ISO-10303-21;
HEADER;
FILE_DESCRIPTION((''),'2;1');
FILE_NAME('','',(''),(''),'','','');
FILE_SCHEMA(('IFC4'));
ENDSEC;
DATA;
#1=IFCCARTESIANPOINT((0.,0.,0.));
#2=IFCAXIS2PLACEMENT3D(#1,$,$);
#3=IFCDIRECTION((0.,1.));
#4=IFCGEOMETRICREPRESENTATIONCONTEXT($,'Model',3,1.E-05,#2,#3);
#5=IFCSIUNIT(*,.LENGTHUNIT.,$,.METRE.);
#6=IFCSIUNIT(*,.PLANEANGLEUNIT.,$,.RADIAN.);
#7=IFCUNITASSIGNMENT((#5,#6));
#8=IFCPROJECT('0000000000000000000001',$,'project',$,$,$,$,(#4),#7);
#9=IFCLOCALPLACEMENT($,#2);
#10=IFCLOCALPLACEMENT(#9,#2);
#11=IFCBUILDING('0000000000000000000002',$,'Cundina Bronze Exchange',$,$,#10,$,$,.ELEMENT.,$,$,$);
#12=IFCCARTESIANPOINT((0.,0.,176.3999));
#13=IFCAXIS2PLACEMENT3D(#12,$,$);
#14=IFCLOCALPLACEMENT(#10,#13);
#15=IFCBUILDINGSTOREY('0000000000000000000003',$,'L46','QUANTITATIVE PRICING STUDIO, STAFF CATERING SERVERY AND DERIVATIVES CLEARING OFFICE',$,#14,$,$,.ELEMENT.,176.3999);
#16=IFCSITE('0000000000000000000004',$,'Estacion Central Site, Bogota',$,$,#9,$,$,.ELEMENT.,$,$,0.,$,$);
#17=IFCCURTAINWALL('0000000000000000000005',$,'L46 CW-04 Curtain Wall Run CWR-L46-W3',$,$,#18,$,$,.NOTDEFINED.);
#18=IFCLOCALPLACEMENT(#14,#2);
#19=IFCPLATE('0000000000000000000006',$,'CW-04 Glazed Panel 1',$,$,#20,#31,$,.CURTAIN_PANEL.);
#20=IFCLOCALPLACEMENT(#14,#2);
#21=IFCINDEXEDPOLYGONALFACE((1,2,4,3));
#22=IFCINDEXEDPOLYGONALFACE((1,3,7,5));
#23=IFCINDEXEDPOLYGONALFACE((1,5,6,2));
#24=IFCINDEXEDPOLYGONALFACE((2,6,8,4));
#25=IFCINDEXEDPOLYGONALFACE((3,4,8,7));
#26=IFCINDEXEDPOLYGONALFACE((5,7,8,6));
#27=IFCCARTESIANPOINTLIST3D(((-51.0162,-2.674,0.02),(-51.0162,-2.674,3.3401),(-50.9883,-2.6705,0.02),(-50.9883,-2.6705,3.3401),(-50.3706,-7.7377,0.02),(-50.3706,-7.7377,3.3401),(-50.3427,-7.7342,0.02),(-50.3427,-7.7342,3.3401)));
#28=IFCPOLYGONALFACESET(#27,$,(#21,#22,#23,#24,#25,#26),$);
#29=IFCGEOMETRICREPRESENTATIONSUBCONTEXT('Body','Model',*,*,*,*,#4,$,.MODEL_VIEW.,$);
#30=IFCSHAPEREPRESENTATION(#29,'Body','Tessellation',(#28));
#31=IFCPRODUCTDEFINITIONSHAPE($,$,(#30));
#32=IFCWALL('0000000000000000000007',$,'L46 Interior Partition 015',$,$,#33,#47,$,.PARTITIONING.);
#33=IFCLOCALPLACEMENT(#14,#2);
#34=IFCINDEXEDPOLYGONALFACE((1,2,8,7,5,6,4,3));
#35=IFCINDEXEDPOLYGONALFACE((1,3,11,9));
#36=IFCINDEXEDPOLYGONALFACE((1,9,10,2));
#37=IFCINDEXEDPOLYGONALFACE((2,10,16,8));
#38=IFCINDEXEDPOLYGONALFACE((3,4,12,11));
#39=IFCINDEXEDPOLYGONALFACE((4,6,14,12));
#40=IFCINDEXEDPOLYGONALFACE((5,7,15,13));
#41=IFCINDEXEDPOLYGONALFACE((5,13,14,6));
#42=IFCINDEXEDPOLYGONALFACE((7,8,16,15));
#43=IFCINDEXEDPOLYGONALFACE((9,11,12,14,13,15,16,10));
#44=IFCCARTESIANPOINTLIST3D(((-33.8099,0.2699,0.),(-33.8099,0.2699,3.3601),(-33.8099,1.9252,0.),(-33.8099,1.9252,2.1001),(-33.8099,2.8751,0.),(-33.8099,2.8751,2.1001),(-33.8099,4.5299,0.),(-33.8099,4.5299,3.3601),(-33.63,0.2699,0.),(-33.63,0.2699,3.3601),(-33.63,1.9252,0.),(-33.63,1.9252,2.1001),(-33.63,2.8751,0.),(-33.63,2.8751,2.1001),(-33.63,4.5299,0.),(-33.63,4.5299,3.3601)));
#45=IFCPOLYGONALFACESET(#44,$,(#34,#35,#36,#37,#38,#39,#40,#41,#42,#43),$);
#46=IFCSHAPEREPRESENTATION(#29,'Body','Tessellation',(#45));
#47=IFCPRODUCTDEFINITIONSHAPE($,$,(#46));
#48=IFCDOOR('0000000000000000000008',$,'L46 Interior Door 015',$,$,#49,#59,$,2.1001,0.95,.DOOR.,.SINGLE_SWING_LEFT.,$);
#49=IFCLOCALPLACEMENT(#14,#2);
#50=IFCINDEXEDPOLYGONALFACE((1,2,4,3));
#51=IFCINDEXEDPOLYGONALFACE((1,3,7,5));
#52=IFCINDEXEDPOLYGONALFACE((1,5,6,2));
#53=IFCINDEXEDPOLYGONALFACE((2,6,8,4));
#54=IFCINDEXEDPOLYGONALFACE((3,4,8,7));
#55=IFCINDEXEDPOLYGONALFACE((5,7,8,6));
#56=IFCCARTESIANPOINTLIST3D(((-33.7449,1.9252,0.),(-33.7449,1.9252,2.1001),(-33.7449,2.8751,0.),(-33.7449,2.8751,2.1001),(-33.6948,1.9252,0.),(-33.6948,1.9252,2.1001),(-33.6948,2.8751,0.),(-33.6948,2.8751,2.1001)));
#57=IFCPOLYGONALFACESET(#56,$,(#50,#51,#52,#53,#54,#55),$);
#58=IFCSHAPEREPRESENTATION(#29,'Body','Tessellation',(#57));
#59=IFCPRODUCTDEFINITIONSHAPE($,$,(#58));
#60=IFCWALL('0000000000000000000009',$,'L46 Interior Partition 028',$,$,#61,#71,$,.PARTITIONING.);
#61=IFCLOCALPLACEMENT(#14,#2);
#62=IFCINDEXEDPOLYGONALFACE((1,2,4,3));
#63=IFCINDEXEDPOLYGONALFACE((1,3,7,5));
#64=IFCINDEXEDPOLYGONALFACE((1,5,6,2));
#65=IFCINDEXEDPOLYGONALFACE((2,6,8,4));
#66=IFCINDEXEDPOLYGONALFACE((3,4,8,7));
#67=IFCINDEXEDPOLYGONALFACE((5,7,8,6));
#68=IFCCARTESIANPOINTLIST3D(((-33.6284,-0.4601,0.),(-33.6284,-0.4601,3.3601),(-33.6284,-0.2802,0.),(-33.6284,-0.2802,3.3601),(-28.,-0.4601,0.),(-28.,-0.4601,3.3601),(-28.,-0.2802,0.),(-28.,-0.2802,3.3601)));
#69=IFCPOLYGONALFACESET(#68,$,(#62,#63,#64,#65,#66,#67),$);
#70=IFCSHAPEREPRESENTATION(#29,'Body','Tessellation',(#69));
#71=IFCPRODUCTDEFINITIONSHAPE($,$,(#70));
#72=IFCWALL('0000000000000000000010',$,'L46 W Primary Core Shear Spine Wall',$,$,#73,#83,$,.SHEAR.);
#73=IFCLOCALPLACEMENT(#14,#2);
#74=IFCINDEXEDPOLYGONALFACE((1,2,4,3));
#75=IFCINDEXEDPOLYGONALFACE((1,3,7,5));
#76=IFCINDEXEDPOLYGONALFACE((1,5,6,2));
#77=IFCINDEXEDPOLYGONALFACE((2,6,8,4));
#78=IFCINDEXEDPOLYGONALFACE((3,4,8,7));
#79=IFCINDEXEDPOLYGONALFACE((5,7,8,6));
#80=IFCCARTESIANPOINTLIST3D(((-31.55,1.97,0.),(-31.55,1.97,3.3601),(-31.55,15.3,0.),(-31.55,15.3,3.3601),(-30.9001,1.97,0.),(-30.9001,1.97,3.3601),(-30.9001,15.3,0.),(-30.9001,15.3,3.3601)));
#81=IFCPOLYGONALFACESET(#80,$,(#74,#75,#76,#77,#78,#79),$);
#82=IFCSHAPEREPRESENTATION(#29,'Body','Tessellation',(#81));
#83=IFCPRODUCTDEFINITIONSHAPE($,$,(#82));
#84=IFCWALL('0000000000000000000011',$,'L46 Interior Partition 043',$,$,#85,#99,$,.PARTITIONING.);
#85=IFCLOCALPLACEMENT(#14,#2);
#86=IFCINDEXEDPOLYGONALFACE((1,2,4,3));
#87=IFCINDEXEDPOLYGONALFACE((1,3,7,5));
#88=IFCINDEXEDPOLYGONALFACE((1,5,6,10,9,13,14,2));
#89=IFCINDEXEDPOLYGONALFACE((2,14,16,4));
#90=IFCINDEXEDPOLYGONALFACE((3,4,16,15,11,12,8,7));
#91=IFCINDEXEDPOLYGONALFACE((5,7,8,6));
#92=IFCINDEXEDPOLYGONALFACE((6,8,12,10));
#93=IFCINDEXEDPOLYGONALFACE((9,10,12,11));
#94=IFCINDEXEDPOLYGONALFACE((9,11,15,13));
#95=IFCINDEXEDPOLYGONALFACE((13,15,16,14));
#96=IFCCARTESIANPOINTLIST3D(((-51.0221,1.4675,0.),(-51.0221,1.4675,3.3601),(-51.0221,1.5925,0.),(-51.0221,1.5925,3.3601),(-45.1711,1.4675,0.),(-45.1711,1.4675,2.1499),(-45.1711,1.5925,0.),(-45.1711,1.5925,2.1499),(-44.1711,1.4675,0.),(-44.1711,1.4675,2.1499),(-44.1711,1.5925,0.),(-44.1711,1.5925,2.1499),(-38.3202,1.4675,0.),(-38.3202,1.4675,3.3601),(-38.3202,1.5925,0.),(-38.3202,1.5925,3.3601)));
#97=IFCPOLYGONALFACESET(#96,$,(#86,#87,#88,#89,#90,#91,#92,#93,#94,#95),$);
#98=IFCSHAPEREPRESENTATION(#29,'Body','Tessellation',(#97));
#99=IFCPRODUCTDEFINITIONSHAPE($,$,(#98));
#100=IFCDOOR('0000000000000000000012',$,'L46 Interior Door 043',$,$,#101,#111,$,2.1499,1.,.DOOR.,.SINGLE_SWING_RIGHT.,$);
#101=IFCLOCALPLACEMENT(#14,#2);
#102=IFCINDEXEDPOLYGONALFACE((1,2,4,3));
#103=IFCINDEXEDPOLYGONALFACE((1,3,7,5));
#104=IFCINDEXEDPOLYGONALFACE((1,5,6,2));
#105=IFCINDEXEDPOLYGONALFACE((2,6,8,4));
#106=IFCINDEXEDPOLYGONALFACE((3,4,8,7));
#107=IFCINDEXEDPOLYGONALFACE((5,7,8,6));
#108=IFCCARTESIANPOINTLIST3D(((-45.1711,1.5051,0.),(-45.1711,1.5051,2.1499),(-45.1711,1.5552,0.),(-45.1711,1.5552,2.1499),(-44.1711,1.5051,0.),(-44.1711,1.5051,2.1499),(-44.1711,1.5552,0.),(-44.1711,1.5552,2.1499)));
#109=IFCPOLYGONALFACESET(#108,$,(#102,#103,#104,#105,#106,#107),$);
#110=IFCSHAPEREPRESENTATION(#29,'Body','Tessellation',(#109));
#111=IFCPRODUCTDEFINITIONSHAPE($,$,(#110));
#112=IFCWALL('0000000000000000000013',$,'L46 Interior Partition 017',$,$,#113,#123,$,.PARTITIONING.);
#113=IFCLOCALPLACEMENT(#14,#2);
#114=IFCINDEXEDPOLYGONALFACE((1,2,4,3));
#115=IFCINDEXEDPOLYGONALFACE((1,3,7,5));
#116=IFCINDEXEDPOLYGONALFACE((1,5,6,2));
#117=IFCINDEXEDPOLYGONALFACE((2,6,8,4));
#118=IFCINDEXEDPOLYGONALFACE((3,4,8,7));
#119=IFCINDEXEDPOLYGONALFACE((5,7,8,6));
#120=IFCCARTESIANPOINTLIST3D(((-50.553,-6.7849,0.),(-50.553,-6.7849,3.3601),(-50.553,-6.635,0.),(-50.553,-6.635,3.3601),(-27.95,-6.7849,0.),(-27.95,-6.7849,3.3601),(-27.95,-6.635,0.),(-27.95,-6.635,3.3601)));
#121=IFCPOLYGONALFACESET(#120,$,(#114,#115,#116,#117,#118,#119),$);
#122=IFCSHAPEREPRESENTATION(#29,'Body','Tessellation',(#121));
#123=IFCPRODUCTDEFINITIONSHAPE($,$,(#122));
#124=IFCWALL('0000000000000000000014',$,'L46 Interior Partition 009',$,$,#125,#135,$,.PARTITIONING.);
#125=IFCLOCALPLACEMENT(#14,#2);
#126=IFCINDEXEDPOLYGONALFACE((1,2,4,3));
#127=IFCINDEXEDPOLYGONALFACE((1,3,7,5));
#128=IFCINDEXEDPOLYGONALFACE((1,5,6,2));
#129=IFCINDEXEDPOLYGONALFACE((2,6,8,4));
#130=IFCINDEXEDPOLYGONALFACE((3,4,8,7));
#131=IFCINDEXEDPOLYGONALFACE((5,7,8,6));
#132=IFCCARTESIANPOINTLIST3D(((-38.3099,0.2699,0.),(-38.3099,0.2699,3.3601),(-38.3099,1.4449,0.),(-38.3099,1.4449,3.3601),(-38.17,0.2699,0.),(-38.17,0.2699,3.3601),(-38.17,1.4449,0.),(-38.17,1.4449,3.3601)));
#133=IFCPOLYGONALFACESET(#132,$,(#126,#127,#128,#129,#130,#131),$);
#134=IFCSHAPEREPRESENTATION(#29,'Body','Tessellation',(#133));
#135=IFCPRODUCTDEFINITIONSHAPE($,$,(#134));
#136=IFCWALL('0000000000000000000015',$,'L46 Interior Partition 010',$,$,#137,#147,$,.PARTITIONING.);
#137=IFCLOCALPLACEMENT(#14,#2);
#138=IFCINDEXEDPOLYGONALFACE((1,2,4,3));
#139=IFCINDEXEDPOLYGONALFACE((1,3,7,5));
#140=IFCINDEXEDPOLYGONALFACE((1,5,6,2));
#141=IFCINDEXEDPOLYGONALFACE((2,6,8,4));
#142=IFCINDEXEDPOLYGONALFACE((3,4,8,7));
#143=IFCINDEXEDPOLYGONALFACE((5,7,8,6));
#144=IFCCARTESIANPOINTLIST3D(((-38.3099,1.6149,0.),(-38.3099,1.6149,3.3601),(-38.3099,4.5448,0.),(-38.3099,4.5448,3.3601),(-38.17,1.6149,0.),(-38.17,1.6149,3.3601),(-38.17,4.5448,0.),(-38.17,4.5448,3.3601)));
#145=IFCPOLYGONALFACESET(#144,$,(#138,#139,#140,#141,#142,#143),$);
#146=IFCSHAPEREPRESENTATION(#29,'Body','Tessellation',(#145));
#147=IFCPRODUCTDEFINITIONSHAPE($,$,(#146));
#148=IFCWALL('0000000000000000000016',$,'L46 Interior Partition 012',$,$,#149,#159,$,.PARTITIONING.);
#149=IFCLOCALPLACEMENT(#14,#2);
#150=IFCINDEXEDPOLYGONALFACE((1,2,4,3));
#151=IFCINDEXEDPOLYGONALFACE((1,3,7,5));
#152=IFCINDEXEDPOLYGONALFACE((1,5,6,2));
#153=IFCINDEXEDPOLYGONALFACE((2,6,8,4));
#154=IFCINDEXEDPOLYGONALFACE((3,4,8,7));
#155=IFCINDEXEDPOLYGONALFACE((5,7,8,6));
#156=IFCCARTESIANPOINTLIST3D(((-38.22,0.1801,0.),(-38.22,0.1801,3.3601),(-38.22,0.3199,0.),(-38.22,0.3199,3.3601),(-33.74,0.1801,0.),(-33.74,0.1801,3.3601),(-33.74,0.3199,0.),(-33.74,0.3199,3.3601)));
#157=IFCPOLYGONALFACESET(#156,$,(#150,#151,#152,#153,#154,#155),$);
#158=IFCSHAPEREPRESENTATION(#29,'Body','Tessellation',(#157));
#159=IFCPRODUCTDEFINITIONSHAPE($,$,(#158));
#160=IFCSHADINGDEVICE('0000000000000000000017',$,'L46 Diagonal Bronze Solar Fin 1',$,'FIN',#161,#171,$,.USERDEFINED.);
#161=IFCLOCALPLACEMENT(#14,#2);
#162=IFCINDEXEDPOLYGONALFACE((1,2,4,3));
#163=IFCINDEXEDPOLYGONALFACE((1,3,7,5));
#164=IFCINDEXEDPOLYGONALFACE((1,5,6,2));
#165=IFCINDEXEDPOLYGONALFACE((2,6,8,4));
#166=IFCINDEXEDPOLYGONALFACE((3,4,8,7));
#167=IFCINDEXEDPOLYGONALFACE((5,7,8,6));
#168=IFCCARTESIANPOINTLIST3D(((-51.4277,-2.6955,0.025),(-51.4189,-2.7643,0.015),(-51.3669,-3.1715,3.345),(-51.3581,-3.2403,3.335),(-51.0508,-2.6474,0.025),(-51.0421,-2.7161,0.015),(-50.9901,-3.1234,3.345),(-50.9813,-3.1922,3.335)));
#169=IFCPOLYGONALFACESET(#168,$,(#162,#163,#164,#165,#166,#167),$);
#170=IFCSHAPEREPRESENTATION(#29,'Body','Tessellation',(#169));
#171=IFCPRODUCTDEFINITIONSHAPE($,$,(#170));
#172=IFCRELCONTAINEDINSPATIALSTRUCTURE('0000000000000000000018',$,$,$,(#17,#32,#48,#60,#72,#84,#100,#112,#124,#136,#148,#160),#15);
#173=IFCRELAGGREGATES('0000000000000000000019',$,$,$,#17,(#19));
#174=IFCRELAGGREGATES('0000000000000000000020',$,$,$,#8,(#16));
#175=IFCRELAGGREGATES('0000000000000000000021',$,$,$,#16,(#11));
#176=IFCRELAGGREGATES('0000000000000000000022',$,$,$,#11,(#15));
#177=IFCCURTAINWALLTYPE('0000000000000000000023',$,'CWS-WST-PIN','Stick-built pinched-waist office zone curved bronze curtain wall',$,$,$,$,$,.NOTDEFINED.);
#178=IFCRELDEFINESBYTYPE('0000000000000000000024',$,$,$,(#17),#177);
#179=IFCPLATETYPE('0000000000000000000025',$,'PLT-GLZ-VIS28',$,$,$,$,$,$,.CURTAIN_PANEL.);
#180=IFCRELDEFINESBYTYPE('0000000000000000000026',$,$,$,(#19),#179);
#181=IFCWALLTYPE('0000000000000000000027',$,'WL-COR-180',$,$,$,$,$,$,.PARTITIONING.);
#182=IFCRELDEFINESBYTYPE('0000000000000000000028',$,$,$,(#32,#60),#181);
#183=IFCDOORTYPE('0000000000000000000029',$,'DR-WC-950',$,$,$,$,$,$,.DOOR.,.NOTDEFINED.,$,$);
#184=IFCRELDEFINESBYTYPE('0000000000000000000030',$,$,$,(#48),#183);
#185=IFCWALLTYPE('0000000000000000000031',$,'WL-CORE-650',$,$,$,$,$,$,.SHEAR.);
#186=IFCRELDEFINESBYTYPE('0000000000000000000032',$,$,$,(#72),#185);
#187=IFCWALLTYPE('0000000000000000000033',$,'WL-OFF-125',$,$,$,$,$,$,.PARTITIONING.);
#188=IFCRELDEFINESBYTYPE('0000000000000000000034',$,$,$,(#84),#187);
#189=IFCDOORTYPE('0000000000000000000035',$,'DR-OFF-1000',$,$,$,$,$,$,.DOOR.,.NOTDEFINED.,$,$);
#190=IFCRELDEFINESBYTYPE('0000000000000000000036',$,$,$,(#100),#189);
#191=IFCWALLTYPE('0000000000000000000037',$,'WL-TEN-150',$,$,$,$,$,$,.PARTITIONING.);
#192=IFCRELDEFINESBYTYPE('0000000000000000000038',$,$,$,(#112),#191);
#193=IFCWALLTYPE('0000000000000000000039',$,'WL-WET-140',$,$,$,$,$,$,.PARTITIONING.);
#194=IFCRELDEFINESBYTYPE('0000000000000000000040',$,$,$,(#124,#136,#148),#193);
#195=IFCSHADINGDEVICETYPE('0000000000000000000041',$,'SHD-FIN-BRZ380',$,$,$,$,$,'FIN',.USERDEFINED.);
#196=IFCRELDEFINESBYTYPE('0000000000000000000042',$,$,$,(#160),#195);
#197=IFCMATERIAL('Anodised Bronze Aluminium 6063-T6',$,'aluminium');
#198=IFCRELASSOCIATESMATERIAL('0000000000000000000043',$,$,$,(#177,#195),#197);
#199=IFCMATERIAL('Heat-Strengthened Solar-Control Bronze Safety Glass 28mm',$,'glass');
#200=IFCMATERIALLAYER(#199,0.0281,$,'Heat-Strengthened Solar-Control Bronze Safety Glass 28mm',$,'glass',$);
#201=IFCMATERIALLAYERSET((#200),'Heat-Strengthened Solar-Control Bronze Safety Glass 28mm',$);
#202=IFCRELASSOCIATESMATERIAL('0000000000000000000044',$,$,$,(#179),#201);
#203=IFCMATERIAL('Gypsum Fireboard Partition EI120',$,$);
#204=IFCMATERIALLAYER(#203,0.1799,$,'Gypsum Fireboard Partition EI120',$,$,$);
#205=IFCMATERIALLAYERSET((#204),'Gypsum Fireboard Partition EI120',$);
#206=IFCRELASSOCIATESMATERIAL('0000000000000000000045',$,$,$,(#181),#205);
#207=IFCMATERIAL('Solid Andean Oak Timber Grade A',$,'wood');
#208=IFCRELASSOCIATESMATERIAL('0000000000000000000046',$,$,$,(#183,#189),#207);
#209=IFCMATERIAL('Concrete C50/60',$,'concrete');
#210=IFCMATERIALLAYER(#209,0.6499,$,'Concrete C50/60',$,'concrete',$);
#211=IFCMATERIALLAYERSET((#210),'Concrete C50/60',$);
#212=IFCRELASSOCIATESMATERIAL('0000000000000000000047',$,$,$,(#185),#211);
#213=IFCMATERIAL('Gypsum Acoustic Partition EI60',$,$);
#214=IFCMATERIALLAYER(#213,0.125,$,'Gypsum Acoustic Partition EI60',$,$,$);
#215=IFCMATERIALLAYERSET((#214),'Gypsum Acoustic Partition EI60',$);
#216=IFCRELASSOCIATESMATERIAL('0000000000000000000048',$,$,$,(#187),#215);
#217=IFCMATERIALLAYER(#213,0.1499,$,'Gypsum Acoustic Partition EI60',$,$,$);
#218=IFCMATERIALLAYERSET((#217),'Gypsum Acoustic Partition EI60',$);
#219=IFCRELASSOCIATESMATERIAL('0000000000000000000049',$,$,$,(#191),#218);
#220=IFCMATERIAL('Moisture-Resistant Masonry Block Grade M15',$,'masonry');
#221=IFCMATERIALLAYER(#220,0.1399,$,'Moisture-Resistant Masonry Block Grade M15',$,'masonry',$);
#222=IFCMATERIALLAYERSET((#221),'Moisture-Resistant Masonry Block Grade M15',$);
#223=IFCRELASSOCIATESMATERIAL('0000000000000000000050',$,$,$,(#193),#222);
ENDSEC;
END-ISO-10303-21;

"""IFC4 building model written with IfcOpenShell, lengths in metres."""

from ifc_helpers import new_model, si_unit, direction, frame, frame_2d, origin, origin_2d, place, context, subcontext, project, spatial, rectangle, extrude, material, layer, layer_set, material_profile, profile_set, type_object, element, fill, aggregate, save


model = new_model("IFC4")

# Units and contexts
model_context = context("Model", 3, precision=1e-05, world=origin(), true_north=direction((0.0, 1.0)))
body_context = subcontext(model_context, "Body", "Model", "MODEL_VIEW")
ifc_project = project(units=[si_unit("LENGTHUNIT", "METRE"), si_unit("PLANEANGLEUNIT", "RADIAN")], contexts=[model_context])

# Site, building, storey
site_placement = place(None, origin())
site = spatial("IfcSite", under=ifc_project, at=site_placement, Name="Estacion Central Site, Bogota", CompositionType="ELEMENT", RefElevation=0.0)
building_placement = place(site_placement, origin())
building = spatial("IfcBuilding", under=site, at=building_placement, Name="Cundina Bronze Exchange", CompositionType="ELEMENT")
storey_placement = place(building_placement, frame((0.0, 0.0, 176.3999)))
storey = spatial("IfcBuildingStorey", under=building, at=storey_placement, Name="L46", Description="QUANTITATIVE PRICING STUDIO, STAFF CATERING SERVERY AND DERIVATIVES CLEARING OFFICE", CompositionType="ELEMENT", Elevation=176.3999)

# Shared definitions
ifc_material_1 = material(Name="Concrete C50/60", Category="concrete")

# Curtain wall
ifc_material_2 = material(Name="Anodised Bronze Aluminium 6063-T6", Category="aluminium")
curtain_wall_type = type_object("IfcCurtainWallType", Name="CWS-WST-PIN", Description="Stick-built pinched-waist office zone curved bronze curtain wall", PredefinedType="NOTDEFINED", material=ifc_material_2)
curtain_wall_1_placement = place(storey_placement, origin())
curtain_wall_1 = element("IfcCurtainWall", 1, at=curtain_wall_1_placement, inside=storey, type_object=curtain_wall_type, Name="L46 CW-04 Curtain Wall Run CWR-L46-W3", PredefinedType="NOTDEFINED")

# Plate
ifc_material_3 = material(Name="Heat-Strengthened Solar-Control Bronze Safety Glass 28mm", Category="glass")
ifc_layer_1 = layer(ifc_material_3, 0.0281, Name="Heat-Strengthened Solar-Control Bronze Safety Glass 28mm", Category="glass")
ifc_layer_set_1 = layer_set([ifc_layer_1], Name="Heat-Strengthened Solar-Control Bronze Safety Glass 28mm")
plate_type = type_object("IfcPlateType", Name="PLT-GLZ-VIS28", PredefinedType="CURTAIN_PANEL", material=ifc_layer_set_1)
plate_1_placement = place(storey_placement, frame((-50.6794, -5.2041, 0.02), z_axis=(0.0, 0.0, 1.0), x_axis=(0.126476, -0.99197, 0.0)))
plate_1 = element("IfcPlate", 2, at=plate_1_placement, type_object=plate_type, Name="CW-04 Glazed Panel 1", PredefinedType="CURTAIN_PANEL", context=body_context, shape_type="SweptSolid", body=[
    extrude(rectangle(XDim=5.1047, YDim=0.0281, at=origin_2d()), origin(), (0.0, 0.0, 1.0), 3.3201),
])
aggregate(curtain_wall_1, [plate_1])

# Wall, opening, door
ifc_material_4 = material(Name="Gypsum Fireboard Partition EI120")
ifc_layer_2 = layer(ifc_material_4, 0.1799, Name="Gypsum Fireboard Partition EI120")
ifc_layer_set_2 = layer_set([ifc_layer_2], Name="Gypsum Fireboard Partition EI120")
wall_type_1 = type_object("IfcWallType", Name="WL-COR-180", PredefinedType="PARTITIONING", material=ifc_layer_set_2)
wall_1_placement = place(storey_placement, frame((-33.72, 0.27, 0.0), z_axis=(0.0, 0.0, 1.0), x_axis=(0.0, 1.0, 0.0)))
wall_1 = element("IfcWall", 3, at=wall_1_placement, inside=storey, type_object=wall_type_1, Name="L46 Interior Partition 015", PredefinedType="PARTITIONING", context=body_context, shape_type="SweptSolid", body=[
    extrude(rectangle(XDim=4.26, YDim=0.1799, at=frame_2d((2.1299, 0.0))), origin(), (0.0, 0.0, 1.0), 3.3601),
])
opening_1_placement = place(wall_1_placement, frame((1.655, 0.0, 0.0)))
opening_1 = element("IfcOpeningElement", 4, at=opening_1_placement, cuts=wall_1, PredefinedType="OPENING", context=body_context, shape_type="SweptSolid", body=[
    extrude(rectangle(XDim=0.95, YDim=2.1001, at=frame_2d((0.4751, 1.05))), frame((0.0, 0.0999, 0.0), z_axis=(0.0, -1.0, 0.0), x_axis=(1.0, 0.0, 0.0)), (0.0, 0.0, 1.0), 0.2),
])
ifc_material_5 = material(Name="Solid Andean Oak Timber Grade A", Category="wood")
door_type_1 = type_object("IfcDoorType", Name="DR-WC-950", OperationType="NOTDEFINED", PredefinedType="DOOR", material=ifc_material_5)
door_1_placement = place(opening_1_placement, origin())
door_1 = element("IfcDoor", 5, at=door_1_placement, inside=storey, type_object=door_type_1, Name="L46 Interior Door 015", OperationType="SINGLE_SWING_LEFT", OverallHeight=2.1001, OverallWidth=0.95, PredefinedType="DOOR", context=body_context, shape_type="SweptSolid", body=[
    extrude(rectangle(XDim=0.95, YDim=2.1001, at=frame_2d((0.4751, 1.05))), frame((0.0, 0.0249, 0.0), z_axis=(0.0, -1.0, 0.0), x_axis=(1.0, 0.0, 0.0)), (0.0, 0.0, 1.0), 0.05),
])
fill(opening_1, door_1)

# Walls
wall_2_placement = place(storey_placement, frame((-33.6284, -0.3701, 0.0), z_axis=(0.0, 0.0, 1.0), x_axis=(1.0, 0.0, 0.0)))
element("IfcWall", 6, at=wall_2_placement, inside=storey, type_object=wall_type_1, Name="L46 Interior Partition 028", PredefinedType="PARTITIONING", context=body_context, shape_type="SweptSolid", body=[
    extrude(rectangle(XDim=5.6284, YDim=0.1799, at=frame_2d((2.8142, 0.0))), origin(), (0.0, 0.0, 1.0), 3.3601),
])
ifc_layer_3 = layer(ifc_material_1, 0.6499, Name="Concrete C50/60", Category="concrete")
ifc_layer_set_3 = layer_set([ifc_layer_3], Name="Concrete C50/60")
wall_type_2 = type_object("IfcWallType", Name="WL-CORE-650", PredefinedType="SHEAR", material=ifc_layer_set_3)
wall_3_placement = place(storey_placement, frame((-31.2251, 1.97, 0.0), z_axis=(0.0, 0.0, 1.0), x_axis=(0.0, 1.0, 0.0)))
element("IfcWall", 7, at=wall_3_placement, inside=storey, type_object=wall_type_2, Name="L46 W Primary Core Shear Spine Wall", PredefinedType="SHEAR", context=body_context, shape_type="SweptSolid", body=[
    extrude(rectangle(XDim=13.3301, YDim=0.6499, at=frame_2d((6.665, 0.0))), origin(), (0.0, 0.0, 1.0), 3.3601),
])

# Wall, opening, door
ifc_material_6 = material(Name="Gypsum Acoustic Partition EI60")
ifc_layer_4 = layer(ifc_material_6, 0.125, Name="Gypsum Acoustic Partition EI60")
ifc_layer_set_4 = layer_set([ifc_layer_4], Name="Gypsum Acoustic Partition EI60")
wall_type_3 = type_object("IfcWallType", Name="WL-OFF-125", PredefinedType="PARTITIONING", material=ifc_layer_set_4)
wall_4_placement = place(storey_placement, frame((-38.3201, 1.53, 0.0), z_axis=(0.0, 0.0, 1.0), x_axis=(-1.0, 0.0, 0.0)))
wall_4 = element("IfcWall", 8, at=wall_4_placement, inside=storey, type_object=wall_type_3, Name="L46 Interior Partition 043", PredefinedType="PARTITIONING", context=body_context, shape_type="SweptSolid", body=[
    extrude(rectangle(XDim=12.7019, YDim=0.125, at=frame_2d((6.3511, 0.0))), origin(), (0.0, 0.0, 1.0), 3.3601),
])
opening_2_placement = place(wall_4_placement, frame((5.8511, 0.0, 0.0)))
opening_2 = element("IfcOpeningElement", 9, at=opening_2_placement, cuts=wall_4, PredefinedType="OPENING", context=body_context, shape_type="SweptSolid", body=[
    extrude(rectangle(XDim=1.0, YDim=2.1499, at=frame_2d((0.5, 1.075))), frame((0.0, 0.0725, 0.0), z_axis=(0.0, -1.0, 0.0), x_axis=(1.0, 0.0, 0.0)), (0.0, 0.0, 1.0), 0.145),
])
door_type_2 = type_object("IfcDoorType", Name="DR-OFF-1000", OperationType="NOTDEFINED", PredefinedType="DOOR", material=ifc_material_5)
door_2_placement = place(opening_2_placement, origin())
door_2 = element("IfcDoor", 10, at=door_2_placement, inside=storey, type_object=door_type_2, Name="L46 Interior Door 043", OperationType="SINGLE_SWING_RIGHT", OverallHeight=2.1499, OverallWidth=1.0, PredefinedType="DOOR", context=body_context, shape_type="SweptSolid", body=[
    extrude(rectangle(XDim=1.0, YDim=2.1499, at=frame_2d((0.5, 1.075))), frame((0.0, 0.0249, 0.0), z_axis=(0.0, -1.0, 0.0), x_axis=(1.0, 0.0, 0.0)), (0.0, 0.0, 1.0), 0.05),
])
fill(opening_2, door_2)

# Walls
ifc_layer_5 = layer(ifc_material_6, 0.1499, Name="Gypsum Acoustic Partition EI60")
ifc_layer_set_5 = layer_set([ifc_layer_5], Name="Gypsum Acoustic Partition EI60")
wall_type_4 = type_object("IfcWallType", Name="WL-TEN-150", PredefinedType="PARTITIONING", material=ifc_layer_set_5)
wall_5_placement = place(storey_placement, frame((-50.553, -6.71, 0.0), z_axis=(0.0, 0.0, 1.0), x_axis=(1.0, 0.0, 0.0)))
element("IfcWall", 11, at=wall_5_placement, inside=storey, type_object=wall_type_4, Name="L46 Interior Partition 017", PredefinedType="PARTITIONING", context=body_context, shape_type="SweptSolid", body=[
    extrude(rectangle(XDim=22.603, YDim=0.1499, at=frame_2d((11.3015, 0.0))), origin(), (0.0, 0.0, 1.0), 3.3601),
])
ifc_material_7 = material(Name="Moisture-Resistant Masonry Block Grade M15", Category="masonry")
ifc_layer_6 = layer(ifc_material_7, 0.1399, Name="Moisture-Resistant Masonry Block Grade M15", Category="masonry")
ifc_layer_set_6 = layer_set([ifc_layer_6], Name="Moisture-Resistant Masonry Block Grade M15")
wall_type_5 = type_object("IfcWallType", Name="WL-WET-140", PredefinedType="PARTITIONING", material=ifc_layer_set_6)
wall_6_placement = place(storey_placement, frame((-38.24, 0.27, 0.0), z_axis=(0.0, 0.0, 1.0), x_axis=(0.0, 1.0, 0.0)))
element("IfcWall", 12, at=wall_6_placement, inside=storey, type_object=wall_type_5, Name="L46 Interior Partition 009", PredefinedType="PARTITIONING", context=body_context, shape_type="SweptSolid", body=[
    extrude(rectangle(XDim=1.175, YDim=0.1399, at=frame_2d((0.5874, 0.0))), origin(), (0.0, 0.0, 1.0), 3.3601),
])
wall_7_placement = place(storey_placement, frame((-38.24, 1.615, 0.0), z_axis=(0.0, 0.0, 1.0), x_axis=(0.0, 1.0, 0.0)))
element("IfcWall", 13, at=wall_7_placement, inside=storey, type_object=wall_type_5, Name="L46 Interior Partition 010", PredefinedType="PARTITIONING", context=body_context, shape_type="SweptSolid", body=[
    extrude(rectangle(XDim=2.9299, YDim=0.1399, at=frame_2d((1.4648, 0.0))), origin(), (0.0, 0.0, 1.0), 3.3601),
])
wall_8_placement = place(storey_placement, frame((-38.22, 0.25, 0.0), z_axis=(0.0, 0.0, 1.0), x_axis=(1.0, 0.0, 0.0)))
element("IfcWall", 14, at=wall_8_placement, inside=storey, type_object=wall_type_5, Name="L46 Interior Partition 012", PredefinedType="PARTITIONING", context=body_context, shape_type="SweptSolid", body=[
    extrude(rectangle(XDim=4.48, YDim=0.1399, at=frame_2d((2.24, 0.0))), origin(), (0.0, 0.0, 1.0), 3.3601),
])

# Shading device
ifc_material_profile_1 = material_profile(ifc_material_2, rectangle(XDim=0.0701, YDim=0.3799, at=origin_2d()), Name="FIN70X380", Category="aluminium")
ifc_profile_set_1 = profile_set([ifc_material_profile_1], Name="Anodised Bronze Aluminium 6063-T6")
shading_device_type = type_object("IfcShadingDeviceType", Name="SHD-FIN-BRZ380", ElementType="FIN", PredefinedType="USERDEFINED", material=ifc_profile_set_1)
shading_device_placement = place(storey_placement, frame((-51.2349, -2.7058, 0.02), z_axis=(0.018122, -0.141918, 0.989713), x_axis=(-0.125361, 0.981741, 0.14307)))
element("IfcShadingDevice", 15, at=shading_device_placement, inside=storey, type_object=shading_device_type, Name="L46 Diagonal Bronze Solar Fin 1", ObjectType="FIN", PredefinedType="USERDEFINED", context=body_context, shape_type="SweptSolid", body=[
    extrude(rectangle(XDim=0.0701, YDim=0.3799, at=origin_2d()), origin(), (0.0, 0.0, 1.0), 3.3545),
])

save(model, "model.ifc")
